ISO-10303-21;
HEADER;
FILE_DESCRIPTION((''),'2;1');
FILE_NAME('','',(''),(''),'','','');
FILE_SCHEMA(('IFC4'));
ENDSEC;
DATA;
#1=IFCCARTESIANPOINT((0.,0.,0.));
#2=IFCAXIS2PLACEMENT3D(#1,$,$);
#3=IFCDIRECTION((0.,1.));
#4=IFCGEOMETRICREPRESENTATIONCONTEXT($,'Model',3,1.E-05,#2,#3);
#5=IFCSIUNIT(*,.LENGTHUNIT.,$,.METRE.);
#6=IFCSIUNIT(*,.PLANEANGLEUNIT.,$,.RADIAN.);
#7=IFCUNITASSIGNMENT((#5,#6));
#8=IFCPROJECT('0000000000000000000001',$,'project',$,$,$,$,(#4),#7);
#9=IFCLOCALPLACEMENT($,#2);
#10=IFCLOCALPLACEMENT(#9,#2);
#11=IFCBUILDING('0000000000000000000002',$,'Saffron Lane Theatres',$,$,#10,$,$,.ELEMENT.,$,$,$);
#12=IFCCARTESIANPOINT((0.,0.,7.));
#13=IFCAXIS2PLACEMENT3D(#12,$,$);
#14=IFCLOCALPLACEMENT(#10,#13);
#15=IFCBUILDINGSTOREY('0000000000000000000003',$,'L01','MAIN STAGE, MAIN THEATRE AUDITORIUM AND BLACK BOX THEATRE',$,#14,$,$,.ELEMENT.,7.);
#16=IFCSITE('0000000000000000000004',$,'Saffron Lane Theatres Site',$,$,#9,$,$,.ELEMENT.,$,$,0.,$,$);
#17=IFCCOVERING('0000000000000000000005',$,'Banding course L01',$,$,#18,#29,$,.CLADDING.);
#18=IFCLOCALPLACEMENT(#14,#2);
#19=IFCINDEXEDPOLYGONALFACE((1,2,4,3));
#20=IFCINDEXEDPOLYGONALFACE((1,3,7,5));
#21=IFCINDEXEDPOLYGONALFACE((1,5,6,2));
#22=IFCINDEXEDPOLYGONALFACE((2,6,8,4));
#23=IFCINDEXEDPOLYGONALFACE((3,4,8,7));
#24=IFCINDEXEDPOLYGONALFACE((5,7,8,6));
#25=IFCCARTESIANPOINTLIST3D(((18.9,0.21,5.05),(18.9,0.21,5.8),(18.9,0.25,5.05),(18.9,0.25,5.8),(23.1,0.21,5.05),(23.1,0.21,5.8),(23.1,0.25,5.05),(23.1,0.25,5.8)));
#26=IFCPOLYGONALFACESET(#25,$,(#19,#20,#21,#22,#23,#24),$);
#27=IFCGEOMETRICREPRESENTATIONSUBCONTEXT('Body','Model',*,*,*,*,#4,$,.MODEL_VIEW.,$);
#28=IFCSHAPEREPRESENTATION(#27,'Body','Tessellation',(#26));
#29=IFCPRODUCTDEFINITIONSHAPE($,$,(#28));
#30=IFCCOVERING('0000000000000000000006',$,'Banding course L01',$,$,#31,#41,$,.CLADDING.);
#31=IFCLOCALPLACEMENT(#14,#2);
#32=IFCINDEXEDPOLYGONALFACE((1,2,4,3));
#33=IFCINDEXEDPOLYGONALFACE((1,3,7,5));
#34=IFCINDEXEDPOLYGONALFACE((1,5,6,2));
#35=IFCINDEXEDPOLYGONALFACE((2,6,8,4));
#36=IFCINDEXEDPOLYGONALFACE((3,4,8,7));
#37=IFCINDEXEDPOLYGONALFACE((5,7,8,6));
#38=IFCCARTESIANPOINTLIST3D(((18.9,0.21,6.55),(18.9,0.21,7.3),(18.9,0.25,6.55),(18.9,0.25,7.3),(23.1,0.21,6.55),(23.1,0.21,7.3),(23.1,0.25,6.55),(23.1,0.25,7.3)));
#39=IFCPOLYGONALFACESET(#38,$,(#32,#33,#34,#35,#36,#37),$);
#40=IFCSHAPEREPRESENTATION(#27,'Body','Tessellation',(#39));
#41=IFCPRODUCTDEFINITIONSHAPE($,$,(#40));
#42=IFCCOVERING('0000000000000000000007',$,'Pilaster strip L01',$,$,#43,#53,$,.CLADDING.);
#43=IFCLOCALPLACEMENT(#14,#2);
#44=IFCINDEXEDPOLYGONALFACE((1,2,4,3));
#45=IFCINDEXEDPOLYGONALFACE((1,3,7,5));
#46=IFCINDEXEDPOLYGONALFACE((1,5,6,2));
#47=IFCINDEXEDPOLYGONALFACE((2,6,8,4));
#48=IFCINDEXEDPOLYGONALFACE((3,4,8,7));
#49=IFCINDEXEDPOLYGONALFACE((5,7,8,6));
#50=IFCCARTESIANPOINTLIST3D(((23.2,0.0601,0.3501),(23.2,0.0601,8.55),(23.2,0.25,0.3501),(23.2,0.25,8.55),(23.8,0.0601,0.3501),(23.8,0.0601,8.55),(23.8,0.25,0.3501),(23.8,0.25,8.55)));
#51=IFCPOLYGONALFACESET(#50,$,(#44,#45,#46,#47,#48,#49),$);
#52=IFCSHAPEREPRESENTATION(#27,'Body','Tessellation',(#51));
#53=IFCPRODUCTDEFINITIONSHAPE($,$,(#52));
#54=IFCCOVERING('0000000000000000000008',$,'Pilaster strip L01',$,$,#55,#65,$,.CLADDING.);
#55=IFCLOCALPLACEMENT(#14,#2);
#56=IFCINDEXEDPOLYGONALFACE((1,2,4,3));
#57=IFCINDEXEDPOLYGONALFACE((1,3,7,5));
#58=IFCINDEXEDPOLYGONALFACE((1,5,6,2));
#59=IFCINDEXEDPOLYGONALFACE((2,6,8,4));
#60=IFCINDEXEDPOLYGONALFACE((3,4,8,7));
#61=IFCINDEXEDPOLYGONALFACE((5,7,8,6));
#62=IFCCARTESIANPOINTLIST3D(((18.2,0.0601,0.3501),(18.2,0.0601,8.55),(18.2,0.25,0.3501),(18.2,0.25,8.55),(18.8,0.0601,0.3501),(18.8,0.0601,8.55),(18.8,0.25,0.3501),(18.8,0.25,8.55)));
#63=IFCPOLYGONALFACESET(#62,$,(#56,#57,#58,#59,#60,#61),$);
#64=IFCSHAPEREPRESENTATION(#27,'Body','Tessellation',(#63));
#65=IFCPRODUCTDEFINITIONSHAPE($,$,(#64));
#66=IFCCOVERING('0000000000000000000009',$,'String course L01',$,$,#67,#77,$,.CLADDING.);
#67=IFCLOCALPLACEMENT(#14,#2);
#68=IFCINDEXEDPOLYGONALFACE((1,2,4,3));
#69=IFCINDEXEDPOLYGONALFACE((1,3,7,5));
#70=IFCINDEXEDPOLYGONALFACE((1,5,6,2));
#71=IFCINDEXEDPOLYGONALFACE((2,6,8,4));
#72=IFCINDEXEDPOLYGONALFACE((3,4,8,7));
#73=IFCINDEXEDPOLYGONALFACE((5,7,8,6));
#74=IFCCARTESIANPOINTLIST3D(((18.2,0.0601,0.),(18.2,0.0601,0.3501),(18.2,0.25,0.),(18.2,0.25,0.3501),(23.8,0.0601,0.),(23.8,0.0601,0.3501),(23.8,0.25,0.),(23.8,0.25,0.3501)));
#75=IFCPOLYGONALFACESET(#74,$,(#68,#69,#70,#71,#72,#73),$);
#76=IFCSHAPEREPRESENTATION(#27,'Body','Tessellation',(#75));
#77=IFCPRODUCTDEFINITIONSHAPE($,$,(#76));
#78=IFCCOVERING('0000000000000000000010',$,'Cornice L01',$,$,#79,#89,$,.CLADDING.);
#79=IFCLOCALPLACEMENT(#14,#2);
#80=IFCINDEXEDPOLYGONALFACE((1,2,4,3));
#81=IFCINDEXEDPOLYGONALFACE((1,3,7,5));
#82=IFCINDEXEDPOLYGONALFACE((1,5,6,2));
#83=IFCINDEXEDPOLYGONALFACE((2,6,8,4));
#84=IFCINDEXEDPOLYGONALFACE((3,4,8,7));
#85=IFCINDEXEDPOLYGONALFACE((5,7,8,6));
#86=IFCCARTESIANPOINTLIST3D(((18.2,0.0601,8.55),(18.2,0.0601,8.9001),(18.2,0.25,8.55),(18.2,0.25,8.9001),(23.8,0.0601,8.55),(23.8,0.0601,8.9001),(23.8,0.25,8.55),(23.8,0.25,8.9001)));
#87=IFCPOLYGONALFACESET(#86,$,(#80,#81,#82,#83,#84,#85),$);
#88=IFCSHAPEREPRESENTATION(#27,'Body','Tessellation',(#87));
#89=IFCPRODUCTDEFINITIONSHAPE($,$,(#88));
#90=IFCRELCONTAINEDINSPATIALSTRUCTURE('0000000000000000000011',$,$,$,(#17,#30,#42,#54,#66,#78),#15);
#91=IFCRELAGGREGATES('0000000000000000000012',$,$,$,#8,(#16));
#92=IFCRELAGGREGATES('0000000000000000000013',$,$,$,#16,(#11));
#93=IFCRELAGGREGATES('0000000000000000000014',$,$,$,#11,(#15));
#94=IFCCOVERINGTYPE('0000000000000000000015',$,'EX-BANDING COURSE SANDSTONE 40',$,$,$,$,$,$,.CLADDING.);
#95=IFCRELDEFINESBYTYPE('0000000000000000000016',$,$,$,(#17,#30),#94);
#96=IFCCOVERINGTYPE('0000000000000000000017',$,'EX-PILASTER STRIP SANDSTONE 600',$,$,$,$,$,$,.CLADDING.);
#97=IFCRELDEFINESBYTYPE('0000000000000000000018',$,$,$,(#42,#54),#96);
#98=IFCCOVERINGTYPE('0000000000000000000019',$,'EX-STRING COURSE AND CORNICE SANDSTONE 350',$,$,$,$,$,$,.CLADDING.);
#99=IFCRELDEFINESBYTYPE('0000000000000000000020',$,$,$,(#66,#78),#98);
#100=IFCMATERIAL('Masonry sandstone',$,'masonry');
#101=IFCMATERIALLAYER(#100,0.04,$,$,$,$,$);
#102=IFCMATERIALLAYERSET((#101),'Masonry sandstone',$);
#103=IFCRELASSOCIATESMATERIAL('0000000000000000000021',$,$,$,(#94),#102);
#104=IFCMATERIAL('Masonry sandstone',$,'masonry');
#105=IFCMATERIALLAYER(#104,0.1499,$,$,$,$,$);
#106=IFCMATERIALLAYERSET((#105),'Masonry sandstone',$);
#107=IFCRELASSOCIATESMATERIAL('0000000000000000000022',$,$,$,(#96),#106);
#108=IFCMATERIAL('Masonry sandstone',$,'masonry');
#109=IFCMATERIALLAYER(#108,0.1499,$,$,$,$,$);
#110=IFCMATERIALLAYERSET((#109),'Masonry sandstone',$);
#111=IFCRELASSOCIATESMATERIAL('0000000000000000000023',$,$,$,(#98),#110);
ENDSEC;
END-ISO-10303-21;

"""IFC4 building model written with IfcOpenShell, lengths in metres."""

from ifc_helpers import new_model, si_unit, direction, frame, origin, origin_2d, place, context, subcontext, project, spatial, rectangle, extrude, material, layer, layer_set, type_object, element, save


model = new_model("IFC4")

# Units and contexts
model_context = context("Model", 3, precision=1e-05, world=origin(), true_north=direction((0.0, 1.0)))
body_context = subcontext(model_context, "Body", "Model", "MODEL_VIEW")
ifc_project = project(units=[si_unit("LENGTHUNIT", "METRE"), si_unit("PLANEANGLEUNIT", "RADIAN")], contexts=[model_context])

# Site, building, storey
site_placement = place(None, origin())
site = spatial("IfcSite", under=ifc_project, at=site_placement, Name="Saffron Lane Theatres Site", CompositionType="ELEMENT", RefElevation=0.0)
building_placement = place(site_placement, origin())
building = spatial("IfcBuilding", under=site, at=building_placement, Name="Saffron Lane Theatres", CompositionType="ELEMENT")
storey_placement = place(building_placement, frame((0.0, 0.0, 7.0)))
storey = spatial("IfcBuildingStorey", under=building, at=storey_placement, Name="L01", Description="MAIN STAGE, MAIN THEATRE AUDITORIUM AND BLACK BOX THEATRE", CompositionType="ELEMENT", Elevation=7.0)

# Coverings
ifc_material_1 = material(Name="Masonry sandstone", Category="masonry")
ifc_layer_1 = layer(ifc_material_1, 0.04)
ifc_layer_set_1 = layer_set([ifc_layer_1], Name="Masonry sandstone")
covering_type_1 = type_object("IfcCoveringType", Name="EX-BANDING COURSE SANDSTONE 40", PredefinedType="CLADDING", material=ifc_layer_set_1)
for number, where, z_axis, x_axis, name in (
    (1, (21.0, 0.23, 5.05), (0.0, 0.0, 1.0), (-1.0, 0.0, 0.0), "Banding course L01"),
    (2, (21.0, 0.23, 6.55), (0.0, 0.0, 1.0), (-1.0, 0.0, 0.0), "Banding course L01"),
):
    element("IfcCovering", number, at=place(storey_placement, frame(where, z_axis=z_axis, x_axis=x_axis)), inside=storey, type_object=covering_type_1, Name=name, PredefinedType="CLADDING", context=body_context, shape_type="SweptSolid", body=[
        extrude(rectangle(XDim=4.2, YDim=0.04, at=origin_2d()), origin(), (0.0, 0.0, 1.0), 0.75),
    ])
ifc_material_2 = material(Name="Masonry sandstone", Category="masonry")
ifc_layer_2 = layer(ifc_material_2, 0.1499)
ifc_layer_set_2 = layer_set([ifc_layer_2], Name="Masonry sandstone")
covering_type_2 = type_object("IfcCoveringType", Name="EX-PILASTER STRIP SANDSTONE 600", PredefinedType="CLADDING", material=ifc_layer_set_2)
for number, where, z_axis, x_axis, name in (
    (3, (23.5, 0.155, 0.3501), (0.0, 0.0, 1.0), (-1.0, 0.0, 0.0), "Pilaster strip L01"),
    (4, (18.5, 0.155, 0.3501), (0.0, 0.0, 1.0), (-1.0, 0.0, 0.0), "Pilaster strip L01"),
):
    element("IfcCovering", number, at=place(storey_placement, frame(where, z_axis=z_axis, x_axis=x_axis)), inside=storey, type_object=covering_type_2, Name=name, PredefinedType="CLADDING", context=body_context, shape_type="SweptSolid", body=[
        extrude(rectangle(XDim=0.6001, YDim=0.1899, at=origin_2d()), origin(), (0.0, 0.0, 1.0), 8.2),
    ])
ifc_material_3 = material(Name="Masonry sandstone", Category="masonry")
ifc_layer_3 = layer(ifc_material_3, 0.1499)
ifc_layer_set_3 = layer_set([ifc_layer_3], Name="Masonry sandstone")
covering_type_3 = type_object("IfcCoveringType", Name="EX-STRING COURSE AND CORNICE SANDSTONE 350", PredefinedType="CLADDING", material=ifc_layer_set_3)
for number, where, z_axis, x_axis, name in (
    (5, (21.0, 0.155, 0.0), (0.0, 0.0, 1.0), (-1.0, 0.0, 0.0), "String course L01"),
    (6, (21.0, 0.155, 8.55), (0.0, 0.0, 1.0), (-1.0, 0.0, 0.0), "Cornice L01"),
):
    element("IfcCovering", number, at=place(storey_placement, frame(where, z_axis=z_axis, x_axis=x_axis)), inside=storey, type_object=covering_type_3, Name=name, PredefinedType="CLADDING", context=body_context, shape_type="SweptSolid", body=[
        extrude(rectangle(XDim=5.6001, YDim=0.1899, at=origin_2d()), origin(), (0.0, 0.0, 1.0), 0.3501),
    ])

save(model, "model.ifc")
